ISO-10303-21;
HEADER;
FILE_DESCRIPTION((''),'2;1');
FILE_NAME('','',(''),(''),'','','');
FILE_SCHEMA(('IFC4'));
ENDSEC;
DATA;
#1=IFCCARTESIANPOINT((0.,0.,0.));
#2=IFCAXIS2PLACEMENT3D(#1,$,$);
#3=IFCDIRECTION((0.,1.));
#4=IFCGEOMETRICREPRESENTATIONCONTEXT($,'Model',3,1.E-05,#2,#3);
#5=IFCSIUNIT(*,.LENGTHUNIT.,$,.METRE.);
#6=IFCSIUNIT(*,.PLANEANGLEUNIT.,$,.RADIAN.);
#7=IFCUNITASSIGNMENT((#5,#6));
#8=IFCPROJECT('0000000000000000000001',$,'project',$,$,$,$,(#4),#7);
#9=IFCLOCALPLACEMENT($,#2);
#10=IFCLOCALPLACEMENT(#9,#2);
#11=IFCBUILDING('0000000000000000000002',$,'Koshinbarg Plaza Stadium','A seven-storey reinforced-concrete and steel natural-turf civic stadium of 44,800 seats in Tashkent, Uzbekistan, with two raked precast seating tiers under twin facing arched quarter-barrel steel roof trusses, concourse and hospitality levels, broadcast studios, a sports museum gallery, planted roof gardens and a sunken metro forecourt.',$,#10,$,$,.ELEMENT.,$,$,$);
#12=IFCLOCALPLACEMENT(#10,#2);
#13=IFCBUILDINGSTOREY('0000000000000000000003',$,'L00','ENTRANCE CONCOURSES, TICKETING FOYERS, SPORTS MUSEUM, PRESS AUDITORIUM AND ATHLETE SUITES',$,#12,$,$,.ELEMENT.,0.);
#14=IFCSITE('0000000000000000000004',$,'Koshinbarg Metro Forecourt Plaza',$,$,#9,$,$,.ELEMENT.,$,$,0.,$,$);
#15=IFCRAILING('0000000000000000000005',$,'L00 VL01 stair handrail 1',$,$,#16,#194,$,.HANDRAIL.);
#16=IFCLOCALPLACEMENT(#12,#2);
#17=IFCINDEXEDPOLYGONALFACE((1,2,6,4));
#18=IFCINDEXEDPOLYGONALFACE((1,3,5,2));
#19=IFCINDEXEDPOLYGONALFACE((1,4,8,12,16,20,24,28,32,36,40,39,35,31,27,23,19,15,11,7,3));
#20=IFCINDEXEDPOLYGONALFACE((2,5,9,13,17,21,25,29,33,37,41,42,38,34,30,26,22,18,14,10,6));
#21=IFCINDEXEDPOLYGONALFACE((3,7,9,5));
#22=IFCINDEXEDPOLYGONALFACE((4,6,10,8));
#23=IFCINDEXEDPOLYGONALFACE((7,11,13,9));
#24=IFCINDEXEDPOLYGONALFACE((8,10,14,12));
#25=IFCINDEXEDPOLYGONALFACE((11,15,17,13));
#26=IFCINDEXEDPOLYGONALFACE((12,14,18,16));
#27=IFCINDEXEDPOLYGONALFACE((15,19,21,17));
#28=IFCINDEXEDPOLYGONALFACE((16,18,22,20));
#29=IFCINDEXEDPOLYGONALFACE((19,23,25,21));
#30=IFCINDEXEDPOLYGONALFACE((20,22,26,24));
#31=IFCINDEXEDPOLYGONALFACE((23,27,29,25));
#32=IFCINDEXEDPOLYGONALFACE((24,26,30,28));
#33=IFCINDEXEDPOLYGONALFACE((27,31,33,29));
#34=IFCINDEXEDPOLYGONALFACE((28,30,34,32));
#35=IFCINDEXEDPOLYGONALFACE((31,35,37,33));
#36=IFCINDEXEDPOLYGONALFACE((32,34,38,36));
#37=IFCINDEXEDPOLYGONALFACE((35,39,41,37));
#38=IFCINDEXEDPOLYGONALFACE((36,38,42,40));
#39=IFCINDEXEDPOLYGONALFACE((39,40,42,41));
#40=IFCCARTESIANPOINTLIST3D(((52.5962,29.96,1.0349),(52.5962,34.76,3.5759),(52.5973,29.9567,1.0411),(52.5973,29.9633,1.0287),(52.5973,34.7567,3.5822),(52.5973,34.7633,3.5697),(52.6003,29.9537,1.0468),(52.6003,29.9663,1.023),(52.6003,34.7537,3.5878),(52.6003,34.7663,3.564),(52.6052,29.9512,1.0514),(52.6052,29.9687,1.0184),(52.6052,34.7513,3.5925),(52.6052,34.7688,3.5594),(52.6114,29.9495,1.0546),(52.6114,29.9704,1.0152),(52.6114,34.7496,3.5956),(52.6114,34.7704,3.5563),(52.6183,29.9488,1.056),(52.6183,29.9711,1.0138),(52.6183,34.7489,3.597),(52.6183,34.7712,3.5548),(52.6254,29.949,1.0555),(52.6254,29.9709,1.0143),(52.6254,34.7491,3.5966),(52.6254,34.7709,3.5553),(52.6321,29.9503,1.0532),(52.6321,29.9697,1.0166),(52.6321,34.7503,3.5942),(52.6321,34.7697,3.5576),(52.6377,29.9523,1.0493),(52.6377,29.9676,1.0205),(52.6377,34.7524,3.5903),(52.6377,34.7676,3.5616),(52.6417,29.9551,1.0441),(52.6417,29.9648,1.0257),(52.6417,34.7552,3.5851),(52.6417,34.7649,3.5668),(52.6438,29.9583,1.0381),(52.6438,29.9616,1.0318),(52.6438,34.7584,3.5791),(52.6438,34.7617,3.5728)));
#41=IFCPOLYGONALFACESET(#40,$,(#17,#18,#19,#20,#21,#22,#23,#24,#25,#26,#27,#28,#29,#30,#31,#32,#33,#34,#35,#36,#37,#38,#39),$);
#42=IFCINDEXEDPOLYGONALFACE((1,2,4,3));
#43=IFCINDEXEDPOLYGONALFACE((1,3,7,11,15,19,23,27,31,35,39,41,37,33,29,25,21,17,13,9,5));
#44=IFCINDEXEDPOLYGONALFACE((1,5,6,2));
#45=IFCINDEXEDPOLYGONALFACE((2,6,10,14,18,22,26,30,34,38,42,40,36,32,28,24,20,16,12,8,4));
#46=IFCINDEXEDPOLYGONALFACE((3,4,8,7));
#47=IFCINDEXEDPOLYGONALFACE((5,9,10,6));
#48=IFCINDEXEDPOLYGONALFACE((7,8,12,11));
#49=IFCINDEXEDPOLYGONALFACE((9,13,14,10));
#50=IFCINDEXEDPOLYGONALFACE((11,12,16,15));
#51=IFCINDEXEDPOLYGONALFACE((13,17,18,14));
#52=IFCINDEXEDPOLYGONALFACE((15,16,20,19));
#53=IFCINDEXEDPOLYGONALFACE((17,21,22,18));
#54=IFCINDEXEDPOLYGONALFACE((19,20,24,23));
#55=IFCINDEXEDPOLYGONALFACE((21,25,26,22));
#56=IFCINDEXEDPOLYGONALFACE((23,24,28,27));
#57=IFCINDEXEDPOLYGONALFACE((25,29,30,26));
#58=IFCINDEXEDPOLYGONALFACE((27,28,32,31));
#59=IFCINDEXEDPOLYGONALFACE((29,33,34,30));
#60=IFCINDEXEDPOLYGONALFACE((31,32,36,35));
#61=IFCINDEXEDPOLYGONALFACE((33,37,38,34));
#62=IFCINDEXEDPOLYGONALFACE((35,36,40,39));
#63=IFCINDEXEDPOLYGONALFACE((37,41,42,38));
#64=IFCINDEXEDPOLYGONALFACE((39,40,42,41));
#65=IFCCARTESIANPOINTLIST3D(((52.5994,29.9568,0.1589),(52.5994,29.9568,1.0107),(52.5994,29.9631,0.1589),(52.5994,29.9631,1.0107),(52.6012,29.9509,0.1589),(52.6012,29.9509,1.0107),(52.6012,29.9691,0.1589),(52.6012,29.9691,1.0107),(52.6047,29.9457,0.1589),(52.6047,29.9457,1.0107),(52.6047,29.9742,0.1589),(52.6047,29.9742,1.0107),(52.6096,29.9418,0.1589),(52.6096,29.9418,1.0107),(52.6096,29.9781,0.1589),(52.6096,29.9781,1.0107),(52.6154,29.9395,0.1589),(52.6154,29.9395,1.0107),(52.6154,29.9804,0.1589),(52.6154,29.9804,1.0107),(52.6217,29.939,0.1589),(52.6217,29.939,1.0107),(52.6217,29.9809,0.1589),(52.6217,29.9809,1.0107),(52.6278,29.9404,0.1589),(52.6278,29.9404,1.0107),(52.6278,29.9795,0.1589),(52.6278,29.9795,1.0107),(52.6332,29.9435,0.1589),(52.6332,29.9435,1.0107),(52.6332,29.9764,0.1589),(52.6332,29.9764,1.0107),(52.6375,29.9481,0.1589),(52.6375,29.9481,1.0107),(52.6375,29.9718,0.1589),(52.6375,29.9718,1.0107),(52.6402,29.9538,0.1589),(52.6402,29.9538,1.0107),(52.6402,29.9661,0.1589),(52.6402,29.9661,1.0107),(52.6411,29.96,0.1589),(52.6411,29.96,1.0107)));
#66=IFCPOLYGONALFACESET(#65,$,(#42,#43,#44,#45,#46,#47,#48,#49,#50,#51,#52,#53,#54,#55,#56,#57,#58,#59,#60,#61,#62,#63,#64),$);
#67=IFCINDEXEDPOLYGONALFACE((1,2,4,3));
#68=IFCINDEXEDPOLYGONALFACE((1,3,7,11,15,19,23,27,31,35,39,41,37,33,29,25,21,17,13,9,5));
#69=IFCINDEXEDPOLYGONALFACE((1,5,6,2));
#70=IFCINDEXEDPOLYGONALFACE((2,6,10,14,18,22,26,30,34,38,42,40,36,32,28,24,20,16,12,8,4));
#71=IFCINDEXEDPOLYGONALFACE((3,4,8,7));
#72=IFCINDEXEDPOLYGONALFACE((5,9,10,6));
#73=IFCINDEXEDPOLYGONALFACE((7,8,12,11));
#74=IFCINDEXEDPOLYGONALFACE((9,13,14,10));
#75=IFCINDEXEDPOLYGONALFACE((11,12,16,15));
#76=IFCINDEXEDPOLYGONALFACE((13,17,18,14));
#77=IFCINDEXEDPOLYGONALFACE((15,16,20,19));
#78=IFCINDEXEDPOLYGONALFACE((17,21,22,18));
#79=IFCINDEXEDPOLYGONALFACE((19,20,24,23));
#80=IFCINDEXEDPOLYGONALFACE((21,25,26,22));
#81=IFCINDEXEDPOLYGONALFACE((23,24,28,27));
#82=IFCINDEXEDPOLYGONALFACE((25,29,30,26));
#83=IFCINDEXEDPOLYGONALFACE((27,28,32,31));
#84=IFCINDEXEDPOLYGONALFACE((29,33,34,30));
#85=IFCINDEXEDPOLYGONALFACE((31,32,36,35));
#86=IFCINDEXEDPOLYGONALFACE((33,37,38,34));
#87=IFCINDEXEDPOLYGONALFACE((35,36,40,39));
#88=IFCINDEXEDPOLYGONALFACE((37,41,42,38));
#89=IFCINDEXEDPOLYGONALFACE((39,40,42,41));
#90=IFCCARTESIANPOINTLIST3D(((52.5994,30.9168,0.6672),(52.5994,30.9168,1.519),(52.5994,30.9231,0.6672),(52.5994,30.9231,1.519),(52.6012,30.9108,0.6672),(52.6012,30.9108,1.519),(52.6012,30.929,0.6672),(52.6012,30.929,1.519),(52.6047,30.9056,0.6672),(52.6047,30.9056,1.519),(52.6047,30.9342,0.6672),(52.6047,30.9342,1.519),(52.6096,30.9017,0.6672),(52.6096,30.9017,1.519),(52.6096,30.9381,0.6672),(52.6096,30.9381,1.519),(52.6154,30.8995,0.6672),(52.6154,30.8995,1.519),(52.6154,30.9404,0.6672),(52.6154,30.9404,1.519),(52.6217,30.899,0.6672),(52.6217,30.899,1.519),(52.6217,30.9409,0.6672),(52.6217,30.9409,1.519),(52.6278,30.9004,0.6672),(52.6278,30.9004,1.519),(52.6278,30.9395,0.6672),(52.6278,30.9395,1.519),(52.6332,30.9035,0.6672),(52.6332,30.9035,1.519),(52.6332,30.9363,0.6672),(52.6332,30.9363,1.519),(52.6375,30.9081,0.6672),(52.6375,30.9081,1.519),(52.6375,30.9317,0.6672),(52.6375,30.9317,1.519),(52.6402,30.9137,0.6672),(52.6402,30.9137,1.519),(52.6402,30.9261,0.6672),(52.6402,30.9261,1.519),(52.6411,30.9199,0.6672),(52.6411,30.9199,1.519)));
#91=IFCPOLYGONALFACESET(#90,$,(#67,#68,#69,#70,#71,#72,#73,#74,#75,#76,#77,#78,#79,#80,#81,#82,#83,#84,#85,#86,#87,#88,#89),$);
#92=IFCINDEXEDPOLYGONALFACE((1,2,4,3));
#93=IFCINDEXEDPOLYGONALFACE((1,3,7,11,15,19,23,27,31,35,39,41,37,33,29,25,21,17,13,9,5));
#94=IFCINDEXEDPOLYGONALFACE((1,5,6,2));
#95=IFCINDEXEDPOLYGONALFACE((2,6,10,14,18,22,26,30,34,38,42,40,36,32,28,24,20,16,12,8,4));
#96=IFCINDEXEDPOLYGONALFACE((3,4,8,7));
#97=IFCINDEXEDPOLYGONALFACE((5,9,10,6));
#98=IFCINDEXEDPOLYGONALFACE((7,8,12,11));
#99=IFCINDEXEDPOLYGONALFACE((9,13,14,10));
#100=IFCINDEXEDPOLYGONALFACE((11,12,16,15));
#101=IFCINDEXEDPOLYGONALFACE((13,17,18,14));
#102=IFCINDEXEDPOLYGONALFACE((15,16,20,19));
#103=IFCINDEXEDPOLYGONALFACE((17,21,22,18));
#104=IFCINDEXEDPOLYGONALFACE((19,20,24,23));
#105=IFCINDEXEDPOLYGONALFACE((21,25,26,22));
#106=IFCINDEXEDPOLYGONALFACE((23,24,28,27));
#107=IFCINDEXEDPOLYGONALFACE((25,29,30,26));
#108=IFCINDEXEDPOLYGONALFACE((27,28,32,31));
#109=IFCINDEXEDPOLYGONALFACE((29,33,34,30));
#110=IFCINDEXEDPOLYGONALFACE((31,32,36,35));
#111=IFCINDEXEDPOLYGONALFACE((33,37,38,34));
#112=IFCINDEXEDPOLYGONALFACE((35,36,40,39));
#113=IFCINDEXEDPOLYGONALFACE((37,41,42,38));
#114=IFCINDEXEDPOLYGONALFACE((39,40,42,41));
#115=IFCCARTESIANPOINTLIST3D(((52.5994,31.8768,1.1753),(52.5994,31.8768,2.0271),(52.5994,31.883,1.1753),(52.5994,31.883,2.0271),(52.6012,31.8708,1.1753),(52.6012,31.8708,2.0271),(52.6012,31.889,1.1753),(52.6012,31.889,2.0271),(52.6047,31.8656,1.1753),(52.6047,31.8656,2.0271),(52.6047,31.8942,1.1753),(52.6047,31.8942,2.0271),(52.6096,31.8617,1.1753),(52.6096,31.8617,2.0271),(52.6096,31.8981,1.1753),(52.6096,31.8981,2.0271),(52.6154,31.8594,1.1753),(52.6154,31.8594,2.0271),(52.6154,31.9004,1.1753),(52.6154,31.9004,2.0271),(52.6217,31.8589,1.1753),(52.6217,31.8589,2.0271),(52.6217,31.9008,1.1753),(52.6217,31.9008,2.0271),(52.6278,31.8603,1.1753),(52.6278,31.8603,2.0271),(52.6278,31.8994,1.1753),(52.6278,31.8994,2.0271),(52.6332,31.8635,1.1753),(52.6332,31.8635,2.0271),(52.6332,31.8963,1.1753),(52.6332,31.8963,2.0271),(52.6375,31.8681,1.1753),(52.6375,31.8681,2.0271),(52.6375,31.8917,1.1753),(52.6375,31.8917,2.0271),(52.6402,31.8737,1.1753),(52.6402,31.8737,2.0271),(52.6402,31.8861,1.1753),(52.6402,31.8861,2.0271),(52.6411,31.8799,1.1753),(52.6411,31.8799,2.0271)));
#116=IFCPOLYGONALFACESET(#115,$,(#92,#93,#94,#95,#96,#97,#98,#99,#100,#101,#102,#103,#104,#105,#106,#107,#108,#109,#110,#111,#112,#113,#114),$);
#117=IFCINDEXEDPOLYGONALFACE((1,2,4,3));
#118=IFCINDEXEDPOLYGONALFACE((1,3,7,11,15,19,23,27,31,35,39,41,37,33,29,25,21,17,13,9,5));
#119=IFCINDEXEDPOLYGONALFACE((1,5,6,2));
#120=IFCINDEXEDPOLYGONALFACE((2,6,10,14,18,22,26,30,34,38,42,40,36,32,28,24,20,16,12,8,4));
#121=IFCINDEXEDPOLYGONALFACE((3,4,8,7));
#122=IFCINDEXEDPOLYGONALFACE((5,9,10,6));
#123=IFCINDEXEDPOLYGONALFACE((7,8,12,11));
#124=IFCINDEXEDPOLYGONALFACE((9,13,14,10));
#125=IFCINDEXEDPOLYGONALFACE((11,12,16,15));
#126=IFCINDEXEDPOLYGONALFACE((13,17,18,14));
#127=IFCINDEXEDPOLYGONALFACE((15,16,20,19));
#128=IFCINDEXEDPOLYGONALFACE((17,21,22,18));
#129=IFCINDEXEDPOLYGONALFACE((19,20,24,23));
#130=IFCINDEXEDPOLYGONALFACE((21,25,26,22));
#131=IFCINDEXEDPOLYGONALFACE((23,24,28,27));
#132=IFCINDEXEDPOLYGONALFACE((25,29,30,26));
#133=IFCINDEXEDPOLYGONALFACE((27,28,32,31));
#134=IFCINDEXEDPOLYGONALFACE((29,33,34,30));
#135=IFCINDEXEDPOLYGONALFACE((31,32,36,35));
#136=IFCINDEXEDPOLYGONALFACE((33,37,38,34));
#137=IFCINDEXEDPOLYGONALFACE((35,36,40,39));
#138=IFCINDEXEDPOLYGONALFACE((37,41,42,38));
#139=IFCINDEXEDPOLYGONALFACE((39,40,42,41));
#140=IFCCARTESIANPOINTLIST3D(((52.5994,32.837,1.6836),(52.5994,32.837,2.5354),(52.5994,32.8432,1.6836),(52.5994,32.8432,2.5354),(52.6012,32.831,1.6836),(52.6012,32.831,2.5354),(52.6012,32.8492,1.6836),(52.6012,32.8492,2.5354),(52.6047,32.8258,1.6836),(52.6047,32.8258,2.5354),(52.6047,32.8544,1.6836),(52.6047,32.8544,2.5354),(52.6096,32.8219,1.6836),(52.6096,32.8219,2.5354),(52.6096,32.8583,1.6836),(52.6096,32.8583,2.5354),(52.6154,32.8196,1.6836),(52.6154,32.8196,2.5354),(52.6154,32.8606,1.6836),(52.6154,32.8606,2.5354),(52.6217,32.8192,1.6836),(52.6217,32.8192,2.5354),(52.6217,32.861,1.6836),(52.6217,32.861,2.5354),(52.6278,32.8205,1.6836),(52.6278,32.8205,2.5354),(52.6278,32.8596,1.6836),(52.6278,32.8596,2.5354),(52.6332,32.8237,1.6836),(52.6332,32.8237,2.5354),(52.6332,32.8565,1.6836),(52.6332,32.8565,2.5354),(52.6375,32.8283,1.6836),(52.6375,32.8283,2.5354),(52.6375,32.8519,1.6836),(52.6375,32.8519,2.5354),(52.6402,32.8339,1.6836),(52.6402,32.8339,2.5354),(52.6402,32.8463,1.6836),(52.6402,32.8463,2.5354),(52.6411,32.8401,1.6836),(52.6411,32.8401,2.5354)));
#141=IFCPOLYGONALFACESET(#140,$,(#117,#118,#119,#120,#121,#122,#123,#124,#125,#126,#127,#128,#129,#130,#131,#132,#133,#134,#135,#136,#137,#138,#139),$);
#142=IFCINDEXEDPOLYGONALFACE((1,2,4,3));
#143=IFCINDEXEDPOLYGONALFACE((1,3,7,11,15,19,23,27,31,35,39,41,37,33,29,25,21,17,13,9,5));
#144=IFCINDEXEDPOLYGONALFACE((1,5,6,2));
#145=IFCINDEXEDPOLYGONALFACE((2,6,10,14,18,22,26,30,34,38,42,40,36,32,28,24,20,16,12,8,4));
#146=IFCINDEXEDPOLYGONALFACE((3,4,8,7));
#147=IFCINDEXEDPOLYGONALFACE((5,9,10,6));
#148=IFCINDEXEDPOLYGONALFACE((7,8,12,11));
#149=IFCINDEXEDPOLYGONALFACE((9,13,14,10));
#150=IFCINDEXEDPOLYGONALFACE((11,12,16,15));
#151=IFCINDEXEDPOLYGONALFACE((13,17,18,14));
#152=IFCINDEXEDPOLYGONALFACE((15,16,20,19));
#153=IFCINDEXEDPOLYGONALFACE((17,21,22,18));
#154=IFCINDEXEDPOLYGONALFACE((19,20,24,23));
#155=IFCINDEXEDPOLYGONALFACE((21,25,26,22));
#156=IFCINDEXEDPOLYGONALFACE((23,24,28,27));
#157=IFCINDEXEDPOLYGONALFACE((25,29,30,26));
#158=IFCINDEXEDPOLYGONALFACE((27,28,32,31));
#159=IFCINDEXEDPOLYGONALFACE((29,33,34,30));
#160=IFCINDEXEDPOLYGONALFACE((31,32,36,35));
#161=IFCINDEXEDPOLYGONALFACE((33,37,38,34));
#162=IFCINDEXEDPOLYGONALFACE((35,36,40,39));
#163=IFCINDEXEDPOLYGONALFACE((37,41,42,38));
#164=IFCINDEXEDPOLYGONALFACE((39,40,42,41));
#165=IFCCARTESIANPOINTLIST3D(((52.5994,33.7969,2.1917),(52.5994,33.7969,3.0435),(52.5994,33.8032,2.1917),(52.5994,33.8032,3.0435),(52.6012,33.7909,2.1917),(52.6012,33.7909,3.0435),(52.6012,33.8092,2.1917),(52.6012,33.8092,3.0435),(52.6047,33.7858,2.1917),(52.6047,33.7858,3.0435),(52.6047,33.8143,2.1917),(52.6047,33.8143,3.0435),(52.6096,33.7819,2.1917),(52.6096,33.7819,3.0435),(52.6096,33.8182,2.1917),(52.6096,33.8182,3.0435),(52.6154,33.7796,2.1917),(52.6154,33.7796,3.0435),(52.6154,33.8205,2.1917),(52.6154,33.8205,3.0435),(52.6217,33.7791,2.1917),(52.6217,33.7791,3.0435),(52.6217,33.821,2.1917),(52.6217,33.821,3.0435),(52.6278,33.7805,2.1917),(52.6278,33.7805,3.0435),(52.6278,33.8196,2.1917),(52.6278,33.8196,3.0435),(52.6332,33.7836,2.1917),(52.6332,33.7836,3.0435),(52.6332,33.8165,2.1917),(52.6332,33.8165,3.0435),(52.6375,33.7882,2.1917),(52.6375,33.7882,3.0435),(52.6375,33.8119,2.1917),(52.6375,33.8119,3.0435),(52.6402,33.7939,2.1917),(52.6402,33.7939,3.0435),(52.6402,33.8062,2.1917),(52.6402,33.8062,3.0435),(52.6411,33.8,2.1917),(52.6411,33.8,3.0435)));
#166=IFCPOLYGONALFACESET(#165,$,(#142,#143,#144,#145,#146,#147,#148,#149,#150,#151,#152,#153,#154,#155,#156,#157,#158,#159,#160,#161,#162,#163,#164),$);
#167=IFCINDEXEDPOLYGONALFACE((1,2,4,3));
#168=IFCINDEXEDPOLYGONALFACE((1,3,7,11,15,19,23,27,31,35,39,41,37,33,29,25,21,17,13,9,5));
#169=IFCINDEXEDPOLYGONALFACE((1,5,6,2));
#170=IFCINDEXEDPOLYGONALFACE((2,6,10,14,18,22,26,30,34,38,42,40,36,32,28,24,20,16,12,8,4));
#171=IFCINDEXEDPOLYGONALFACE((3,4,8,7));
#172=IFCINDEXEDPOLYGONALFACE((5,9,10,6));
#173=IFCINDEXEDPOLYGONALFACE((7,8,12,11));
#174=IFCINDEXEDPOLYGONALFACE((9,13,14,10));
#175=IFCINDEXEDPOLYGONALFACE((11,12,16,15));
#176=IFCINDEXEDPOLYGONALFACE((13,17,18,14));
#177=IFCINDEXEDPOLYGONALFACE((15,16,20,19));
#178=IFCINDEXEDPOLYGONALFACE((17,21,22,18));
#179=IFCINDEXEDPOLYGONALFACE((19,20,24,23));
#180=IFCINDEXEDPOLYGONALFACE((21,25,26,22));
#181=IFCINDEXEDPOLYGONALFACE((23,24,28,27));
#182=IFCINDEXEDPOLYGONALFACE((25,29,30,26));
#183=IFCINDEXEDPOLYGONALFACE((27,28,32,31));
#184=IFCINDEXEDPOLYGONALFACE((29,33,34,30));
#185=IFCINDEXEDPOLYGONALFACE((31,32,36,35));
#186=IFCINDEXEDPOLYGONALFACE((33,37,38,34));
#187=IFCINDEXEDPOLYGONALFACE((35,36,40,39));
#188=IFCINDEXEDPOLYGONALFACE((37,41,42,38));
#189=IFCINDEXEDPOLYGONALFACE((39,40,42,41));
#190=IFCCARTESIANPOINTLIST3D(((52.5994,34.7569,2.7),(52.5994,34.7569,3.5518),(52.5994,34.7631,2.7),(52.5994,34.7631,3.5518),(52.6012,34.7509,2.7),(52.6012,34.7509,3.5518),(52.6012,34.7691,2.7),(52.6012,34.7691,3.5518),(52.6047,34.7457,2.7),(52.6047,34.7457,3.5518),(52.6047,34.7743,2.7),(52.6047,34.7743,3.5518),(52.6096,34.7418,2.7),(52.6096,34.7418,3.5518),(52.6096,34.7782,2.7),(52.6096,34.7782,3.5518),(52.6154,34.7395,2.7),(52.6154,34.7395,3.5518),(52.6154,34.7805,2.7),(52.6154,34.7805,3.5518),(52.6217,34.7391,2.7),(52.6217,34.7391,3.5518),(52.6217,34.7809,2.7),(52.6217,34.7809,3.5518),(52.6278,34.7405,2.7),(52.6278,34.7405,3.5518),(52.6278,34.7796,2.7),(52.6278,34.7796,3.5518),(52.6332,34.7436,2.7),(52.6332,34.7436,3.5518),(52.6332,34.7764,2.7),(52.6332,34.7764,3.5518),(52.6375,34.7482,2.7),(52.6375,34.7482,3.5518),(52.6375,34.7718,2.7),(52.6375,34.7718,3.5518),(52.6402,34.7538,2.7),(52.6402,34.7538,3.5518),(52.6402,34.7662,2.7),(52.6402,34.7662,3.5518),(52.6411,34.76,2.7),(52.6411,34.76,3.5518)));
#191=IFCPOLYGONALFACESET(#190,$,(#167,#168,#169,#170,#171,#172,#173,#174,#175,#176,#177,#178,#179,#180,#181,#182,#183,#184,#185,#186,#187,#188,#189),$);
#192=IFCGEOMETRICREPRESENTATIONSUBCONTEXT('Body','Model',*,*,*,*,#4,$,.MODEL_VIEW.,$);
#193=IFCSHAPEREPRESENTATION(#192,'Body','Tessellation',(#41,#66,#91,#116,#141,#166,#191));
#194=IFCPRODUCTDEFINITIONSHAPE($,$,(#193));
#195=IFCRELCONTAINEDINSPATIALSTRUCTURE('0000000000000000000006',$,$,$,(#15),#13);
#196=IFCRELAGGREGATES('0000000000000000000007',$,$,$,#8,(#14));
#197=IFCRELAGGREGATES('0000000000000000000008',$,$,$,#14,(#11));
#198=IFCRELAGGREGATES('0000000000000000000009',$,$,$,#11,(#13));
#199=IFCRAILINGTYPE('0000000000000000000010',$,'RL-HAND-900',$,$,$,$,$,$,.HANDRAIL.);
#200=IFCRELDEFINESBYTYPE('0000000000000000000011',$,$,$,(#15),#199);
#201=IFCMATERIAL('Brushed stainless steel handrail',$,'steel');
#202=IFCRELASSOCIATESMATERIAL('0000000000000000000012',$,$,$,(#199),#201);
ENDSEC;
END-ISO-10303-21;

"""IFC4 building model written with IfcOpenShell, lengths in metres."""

from ifc_helpers import new_model, si_unit, direction, frame, origin, origin_2d, place, context, subcontext, project, spatial, circle, extrude, material, type_object, element, save


model = new_model("IFC4")

# Units and contexts
model_context = context("Model", 3, precision=1e-05, world=origin(), true_north=direction((0.0, 1.0)))
body_context = subcontext(model_context, "Body", "Model", "MODEL_VIEW")
ifc_project = project(units=[si_unit("LENGTHUNIT", "METRE"), si_unit("PLANEANGLEUNIT", "RADIAN")], contexts=[model_context])

# Site, building, storey
site_placement = place(None, origin())
site = spatial("IfcSite", under=ifc_project, at=site_placement, Name="Koshinbarg Metro Forecourt Plaza", CompositionType="ELEMENT", RefElevation=0.0)
building_placement = place(site_placement, origin())
building = spatial("IfcBuilding", under=site, at=building_placement, Name="Koshinbarg Plaza Stadium", Description="A seven-storey reinforced-concrete and steel natural-turf civic stadium of 44,800 seats in Tashkent, Uzbekistan, with two raked precast seating tiers under twin facing arched quarter-barrel steel roof trusses, concourse and hospitality levels, broadcast studios, a sports museum gallery, planted roof gardens and a sunken metro forecourt.", CompositionType="ELEMENT")
storey_placement = place(building_placement, origin())
storey = spatial("IfcBuildingStorey", under=building, at=storey_placement, Name="L00", Description="ENTRANCE CONCOURSES, TICKETING FOYERS, SPORTS MUSEUM, PRESS AUDITORIUM AND ATHLETE SUITES", CompositionType="ELEMENT", Elevation=0.0)

# Railing
ifc_material_1 = material(Name="Brushed stainless steel handrail", Category="steel")
railing_type_1 = type_object("IfcRailingType", Name="RL-HAND-900", PredefinedType="HANDRAIL", material=ifc_material_1)
railing_1_placement = place(storey_placement, frame((52.6201, 29.96, 0.1589)))
element("IfcRailing", 1, at=railing_1_placement, inside=storey, type_object=railing_type_1, Name="L00 VL01 stair handrail 1", PredefinedType="HANDRAIL", context=body_context, shape_type="SweptSolid", body=[
    extrude(circle(Radius=0.0239, at=origin_2d()), frame((0.0, 0.0, 0.876), z_axis=(0.0, 0.883802, 0.467861), x_axis=(-1.0, 0.0, 0.0)), (0.0, 0.0, 1.0), 5.4312),
    extrude(circle(Radius=0.021, at=origin_2d()), origin(), (0.0, 0.0, 1.0), 0.8518),
    extrude(circle(Radius=0.021, at=origin_2d()), frame((0.0, 0.96, 0.5083)), (0.0, 0.0, 1.0), 0.8518),
    extrude(circle(Radius=0.021, at=origin_2d()), frame((0.0, 1.9199, 1.0164)), (0.0, 0.0, 1.0), 0.8518),
    extrude(circle(Radius=0.021, at=origin_2d()), frame((0.0, 2.8801, 1.5247)), (0.0, 0.0, 1.0), 0.8518),
    extrude(circle(Radius=0.021, at=origin_2d()), frame((0.0, 3.8401, 2.0327)), (0.0, 0.0, 1.0), 0.8518),
    extrude(circle(Radius=0.021, at=origin_2d()), frame((0.0, 4.8, 2.541)), (0.0, 0.0, 1.0), 0.8518),
])

save(model, "model.ifc")
